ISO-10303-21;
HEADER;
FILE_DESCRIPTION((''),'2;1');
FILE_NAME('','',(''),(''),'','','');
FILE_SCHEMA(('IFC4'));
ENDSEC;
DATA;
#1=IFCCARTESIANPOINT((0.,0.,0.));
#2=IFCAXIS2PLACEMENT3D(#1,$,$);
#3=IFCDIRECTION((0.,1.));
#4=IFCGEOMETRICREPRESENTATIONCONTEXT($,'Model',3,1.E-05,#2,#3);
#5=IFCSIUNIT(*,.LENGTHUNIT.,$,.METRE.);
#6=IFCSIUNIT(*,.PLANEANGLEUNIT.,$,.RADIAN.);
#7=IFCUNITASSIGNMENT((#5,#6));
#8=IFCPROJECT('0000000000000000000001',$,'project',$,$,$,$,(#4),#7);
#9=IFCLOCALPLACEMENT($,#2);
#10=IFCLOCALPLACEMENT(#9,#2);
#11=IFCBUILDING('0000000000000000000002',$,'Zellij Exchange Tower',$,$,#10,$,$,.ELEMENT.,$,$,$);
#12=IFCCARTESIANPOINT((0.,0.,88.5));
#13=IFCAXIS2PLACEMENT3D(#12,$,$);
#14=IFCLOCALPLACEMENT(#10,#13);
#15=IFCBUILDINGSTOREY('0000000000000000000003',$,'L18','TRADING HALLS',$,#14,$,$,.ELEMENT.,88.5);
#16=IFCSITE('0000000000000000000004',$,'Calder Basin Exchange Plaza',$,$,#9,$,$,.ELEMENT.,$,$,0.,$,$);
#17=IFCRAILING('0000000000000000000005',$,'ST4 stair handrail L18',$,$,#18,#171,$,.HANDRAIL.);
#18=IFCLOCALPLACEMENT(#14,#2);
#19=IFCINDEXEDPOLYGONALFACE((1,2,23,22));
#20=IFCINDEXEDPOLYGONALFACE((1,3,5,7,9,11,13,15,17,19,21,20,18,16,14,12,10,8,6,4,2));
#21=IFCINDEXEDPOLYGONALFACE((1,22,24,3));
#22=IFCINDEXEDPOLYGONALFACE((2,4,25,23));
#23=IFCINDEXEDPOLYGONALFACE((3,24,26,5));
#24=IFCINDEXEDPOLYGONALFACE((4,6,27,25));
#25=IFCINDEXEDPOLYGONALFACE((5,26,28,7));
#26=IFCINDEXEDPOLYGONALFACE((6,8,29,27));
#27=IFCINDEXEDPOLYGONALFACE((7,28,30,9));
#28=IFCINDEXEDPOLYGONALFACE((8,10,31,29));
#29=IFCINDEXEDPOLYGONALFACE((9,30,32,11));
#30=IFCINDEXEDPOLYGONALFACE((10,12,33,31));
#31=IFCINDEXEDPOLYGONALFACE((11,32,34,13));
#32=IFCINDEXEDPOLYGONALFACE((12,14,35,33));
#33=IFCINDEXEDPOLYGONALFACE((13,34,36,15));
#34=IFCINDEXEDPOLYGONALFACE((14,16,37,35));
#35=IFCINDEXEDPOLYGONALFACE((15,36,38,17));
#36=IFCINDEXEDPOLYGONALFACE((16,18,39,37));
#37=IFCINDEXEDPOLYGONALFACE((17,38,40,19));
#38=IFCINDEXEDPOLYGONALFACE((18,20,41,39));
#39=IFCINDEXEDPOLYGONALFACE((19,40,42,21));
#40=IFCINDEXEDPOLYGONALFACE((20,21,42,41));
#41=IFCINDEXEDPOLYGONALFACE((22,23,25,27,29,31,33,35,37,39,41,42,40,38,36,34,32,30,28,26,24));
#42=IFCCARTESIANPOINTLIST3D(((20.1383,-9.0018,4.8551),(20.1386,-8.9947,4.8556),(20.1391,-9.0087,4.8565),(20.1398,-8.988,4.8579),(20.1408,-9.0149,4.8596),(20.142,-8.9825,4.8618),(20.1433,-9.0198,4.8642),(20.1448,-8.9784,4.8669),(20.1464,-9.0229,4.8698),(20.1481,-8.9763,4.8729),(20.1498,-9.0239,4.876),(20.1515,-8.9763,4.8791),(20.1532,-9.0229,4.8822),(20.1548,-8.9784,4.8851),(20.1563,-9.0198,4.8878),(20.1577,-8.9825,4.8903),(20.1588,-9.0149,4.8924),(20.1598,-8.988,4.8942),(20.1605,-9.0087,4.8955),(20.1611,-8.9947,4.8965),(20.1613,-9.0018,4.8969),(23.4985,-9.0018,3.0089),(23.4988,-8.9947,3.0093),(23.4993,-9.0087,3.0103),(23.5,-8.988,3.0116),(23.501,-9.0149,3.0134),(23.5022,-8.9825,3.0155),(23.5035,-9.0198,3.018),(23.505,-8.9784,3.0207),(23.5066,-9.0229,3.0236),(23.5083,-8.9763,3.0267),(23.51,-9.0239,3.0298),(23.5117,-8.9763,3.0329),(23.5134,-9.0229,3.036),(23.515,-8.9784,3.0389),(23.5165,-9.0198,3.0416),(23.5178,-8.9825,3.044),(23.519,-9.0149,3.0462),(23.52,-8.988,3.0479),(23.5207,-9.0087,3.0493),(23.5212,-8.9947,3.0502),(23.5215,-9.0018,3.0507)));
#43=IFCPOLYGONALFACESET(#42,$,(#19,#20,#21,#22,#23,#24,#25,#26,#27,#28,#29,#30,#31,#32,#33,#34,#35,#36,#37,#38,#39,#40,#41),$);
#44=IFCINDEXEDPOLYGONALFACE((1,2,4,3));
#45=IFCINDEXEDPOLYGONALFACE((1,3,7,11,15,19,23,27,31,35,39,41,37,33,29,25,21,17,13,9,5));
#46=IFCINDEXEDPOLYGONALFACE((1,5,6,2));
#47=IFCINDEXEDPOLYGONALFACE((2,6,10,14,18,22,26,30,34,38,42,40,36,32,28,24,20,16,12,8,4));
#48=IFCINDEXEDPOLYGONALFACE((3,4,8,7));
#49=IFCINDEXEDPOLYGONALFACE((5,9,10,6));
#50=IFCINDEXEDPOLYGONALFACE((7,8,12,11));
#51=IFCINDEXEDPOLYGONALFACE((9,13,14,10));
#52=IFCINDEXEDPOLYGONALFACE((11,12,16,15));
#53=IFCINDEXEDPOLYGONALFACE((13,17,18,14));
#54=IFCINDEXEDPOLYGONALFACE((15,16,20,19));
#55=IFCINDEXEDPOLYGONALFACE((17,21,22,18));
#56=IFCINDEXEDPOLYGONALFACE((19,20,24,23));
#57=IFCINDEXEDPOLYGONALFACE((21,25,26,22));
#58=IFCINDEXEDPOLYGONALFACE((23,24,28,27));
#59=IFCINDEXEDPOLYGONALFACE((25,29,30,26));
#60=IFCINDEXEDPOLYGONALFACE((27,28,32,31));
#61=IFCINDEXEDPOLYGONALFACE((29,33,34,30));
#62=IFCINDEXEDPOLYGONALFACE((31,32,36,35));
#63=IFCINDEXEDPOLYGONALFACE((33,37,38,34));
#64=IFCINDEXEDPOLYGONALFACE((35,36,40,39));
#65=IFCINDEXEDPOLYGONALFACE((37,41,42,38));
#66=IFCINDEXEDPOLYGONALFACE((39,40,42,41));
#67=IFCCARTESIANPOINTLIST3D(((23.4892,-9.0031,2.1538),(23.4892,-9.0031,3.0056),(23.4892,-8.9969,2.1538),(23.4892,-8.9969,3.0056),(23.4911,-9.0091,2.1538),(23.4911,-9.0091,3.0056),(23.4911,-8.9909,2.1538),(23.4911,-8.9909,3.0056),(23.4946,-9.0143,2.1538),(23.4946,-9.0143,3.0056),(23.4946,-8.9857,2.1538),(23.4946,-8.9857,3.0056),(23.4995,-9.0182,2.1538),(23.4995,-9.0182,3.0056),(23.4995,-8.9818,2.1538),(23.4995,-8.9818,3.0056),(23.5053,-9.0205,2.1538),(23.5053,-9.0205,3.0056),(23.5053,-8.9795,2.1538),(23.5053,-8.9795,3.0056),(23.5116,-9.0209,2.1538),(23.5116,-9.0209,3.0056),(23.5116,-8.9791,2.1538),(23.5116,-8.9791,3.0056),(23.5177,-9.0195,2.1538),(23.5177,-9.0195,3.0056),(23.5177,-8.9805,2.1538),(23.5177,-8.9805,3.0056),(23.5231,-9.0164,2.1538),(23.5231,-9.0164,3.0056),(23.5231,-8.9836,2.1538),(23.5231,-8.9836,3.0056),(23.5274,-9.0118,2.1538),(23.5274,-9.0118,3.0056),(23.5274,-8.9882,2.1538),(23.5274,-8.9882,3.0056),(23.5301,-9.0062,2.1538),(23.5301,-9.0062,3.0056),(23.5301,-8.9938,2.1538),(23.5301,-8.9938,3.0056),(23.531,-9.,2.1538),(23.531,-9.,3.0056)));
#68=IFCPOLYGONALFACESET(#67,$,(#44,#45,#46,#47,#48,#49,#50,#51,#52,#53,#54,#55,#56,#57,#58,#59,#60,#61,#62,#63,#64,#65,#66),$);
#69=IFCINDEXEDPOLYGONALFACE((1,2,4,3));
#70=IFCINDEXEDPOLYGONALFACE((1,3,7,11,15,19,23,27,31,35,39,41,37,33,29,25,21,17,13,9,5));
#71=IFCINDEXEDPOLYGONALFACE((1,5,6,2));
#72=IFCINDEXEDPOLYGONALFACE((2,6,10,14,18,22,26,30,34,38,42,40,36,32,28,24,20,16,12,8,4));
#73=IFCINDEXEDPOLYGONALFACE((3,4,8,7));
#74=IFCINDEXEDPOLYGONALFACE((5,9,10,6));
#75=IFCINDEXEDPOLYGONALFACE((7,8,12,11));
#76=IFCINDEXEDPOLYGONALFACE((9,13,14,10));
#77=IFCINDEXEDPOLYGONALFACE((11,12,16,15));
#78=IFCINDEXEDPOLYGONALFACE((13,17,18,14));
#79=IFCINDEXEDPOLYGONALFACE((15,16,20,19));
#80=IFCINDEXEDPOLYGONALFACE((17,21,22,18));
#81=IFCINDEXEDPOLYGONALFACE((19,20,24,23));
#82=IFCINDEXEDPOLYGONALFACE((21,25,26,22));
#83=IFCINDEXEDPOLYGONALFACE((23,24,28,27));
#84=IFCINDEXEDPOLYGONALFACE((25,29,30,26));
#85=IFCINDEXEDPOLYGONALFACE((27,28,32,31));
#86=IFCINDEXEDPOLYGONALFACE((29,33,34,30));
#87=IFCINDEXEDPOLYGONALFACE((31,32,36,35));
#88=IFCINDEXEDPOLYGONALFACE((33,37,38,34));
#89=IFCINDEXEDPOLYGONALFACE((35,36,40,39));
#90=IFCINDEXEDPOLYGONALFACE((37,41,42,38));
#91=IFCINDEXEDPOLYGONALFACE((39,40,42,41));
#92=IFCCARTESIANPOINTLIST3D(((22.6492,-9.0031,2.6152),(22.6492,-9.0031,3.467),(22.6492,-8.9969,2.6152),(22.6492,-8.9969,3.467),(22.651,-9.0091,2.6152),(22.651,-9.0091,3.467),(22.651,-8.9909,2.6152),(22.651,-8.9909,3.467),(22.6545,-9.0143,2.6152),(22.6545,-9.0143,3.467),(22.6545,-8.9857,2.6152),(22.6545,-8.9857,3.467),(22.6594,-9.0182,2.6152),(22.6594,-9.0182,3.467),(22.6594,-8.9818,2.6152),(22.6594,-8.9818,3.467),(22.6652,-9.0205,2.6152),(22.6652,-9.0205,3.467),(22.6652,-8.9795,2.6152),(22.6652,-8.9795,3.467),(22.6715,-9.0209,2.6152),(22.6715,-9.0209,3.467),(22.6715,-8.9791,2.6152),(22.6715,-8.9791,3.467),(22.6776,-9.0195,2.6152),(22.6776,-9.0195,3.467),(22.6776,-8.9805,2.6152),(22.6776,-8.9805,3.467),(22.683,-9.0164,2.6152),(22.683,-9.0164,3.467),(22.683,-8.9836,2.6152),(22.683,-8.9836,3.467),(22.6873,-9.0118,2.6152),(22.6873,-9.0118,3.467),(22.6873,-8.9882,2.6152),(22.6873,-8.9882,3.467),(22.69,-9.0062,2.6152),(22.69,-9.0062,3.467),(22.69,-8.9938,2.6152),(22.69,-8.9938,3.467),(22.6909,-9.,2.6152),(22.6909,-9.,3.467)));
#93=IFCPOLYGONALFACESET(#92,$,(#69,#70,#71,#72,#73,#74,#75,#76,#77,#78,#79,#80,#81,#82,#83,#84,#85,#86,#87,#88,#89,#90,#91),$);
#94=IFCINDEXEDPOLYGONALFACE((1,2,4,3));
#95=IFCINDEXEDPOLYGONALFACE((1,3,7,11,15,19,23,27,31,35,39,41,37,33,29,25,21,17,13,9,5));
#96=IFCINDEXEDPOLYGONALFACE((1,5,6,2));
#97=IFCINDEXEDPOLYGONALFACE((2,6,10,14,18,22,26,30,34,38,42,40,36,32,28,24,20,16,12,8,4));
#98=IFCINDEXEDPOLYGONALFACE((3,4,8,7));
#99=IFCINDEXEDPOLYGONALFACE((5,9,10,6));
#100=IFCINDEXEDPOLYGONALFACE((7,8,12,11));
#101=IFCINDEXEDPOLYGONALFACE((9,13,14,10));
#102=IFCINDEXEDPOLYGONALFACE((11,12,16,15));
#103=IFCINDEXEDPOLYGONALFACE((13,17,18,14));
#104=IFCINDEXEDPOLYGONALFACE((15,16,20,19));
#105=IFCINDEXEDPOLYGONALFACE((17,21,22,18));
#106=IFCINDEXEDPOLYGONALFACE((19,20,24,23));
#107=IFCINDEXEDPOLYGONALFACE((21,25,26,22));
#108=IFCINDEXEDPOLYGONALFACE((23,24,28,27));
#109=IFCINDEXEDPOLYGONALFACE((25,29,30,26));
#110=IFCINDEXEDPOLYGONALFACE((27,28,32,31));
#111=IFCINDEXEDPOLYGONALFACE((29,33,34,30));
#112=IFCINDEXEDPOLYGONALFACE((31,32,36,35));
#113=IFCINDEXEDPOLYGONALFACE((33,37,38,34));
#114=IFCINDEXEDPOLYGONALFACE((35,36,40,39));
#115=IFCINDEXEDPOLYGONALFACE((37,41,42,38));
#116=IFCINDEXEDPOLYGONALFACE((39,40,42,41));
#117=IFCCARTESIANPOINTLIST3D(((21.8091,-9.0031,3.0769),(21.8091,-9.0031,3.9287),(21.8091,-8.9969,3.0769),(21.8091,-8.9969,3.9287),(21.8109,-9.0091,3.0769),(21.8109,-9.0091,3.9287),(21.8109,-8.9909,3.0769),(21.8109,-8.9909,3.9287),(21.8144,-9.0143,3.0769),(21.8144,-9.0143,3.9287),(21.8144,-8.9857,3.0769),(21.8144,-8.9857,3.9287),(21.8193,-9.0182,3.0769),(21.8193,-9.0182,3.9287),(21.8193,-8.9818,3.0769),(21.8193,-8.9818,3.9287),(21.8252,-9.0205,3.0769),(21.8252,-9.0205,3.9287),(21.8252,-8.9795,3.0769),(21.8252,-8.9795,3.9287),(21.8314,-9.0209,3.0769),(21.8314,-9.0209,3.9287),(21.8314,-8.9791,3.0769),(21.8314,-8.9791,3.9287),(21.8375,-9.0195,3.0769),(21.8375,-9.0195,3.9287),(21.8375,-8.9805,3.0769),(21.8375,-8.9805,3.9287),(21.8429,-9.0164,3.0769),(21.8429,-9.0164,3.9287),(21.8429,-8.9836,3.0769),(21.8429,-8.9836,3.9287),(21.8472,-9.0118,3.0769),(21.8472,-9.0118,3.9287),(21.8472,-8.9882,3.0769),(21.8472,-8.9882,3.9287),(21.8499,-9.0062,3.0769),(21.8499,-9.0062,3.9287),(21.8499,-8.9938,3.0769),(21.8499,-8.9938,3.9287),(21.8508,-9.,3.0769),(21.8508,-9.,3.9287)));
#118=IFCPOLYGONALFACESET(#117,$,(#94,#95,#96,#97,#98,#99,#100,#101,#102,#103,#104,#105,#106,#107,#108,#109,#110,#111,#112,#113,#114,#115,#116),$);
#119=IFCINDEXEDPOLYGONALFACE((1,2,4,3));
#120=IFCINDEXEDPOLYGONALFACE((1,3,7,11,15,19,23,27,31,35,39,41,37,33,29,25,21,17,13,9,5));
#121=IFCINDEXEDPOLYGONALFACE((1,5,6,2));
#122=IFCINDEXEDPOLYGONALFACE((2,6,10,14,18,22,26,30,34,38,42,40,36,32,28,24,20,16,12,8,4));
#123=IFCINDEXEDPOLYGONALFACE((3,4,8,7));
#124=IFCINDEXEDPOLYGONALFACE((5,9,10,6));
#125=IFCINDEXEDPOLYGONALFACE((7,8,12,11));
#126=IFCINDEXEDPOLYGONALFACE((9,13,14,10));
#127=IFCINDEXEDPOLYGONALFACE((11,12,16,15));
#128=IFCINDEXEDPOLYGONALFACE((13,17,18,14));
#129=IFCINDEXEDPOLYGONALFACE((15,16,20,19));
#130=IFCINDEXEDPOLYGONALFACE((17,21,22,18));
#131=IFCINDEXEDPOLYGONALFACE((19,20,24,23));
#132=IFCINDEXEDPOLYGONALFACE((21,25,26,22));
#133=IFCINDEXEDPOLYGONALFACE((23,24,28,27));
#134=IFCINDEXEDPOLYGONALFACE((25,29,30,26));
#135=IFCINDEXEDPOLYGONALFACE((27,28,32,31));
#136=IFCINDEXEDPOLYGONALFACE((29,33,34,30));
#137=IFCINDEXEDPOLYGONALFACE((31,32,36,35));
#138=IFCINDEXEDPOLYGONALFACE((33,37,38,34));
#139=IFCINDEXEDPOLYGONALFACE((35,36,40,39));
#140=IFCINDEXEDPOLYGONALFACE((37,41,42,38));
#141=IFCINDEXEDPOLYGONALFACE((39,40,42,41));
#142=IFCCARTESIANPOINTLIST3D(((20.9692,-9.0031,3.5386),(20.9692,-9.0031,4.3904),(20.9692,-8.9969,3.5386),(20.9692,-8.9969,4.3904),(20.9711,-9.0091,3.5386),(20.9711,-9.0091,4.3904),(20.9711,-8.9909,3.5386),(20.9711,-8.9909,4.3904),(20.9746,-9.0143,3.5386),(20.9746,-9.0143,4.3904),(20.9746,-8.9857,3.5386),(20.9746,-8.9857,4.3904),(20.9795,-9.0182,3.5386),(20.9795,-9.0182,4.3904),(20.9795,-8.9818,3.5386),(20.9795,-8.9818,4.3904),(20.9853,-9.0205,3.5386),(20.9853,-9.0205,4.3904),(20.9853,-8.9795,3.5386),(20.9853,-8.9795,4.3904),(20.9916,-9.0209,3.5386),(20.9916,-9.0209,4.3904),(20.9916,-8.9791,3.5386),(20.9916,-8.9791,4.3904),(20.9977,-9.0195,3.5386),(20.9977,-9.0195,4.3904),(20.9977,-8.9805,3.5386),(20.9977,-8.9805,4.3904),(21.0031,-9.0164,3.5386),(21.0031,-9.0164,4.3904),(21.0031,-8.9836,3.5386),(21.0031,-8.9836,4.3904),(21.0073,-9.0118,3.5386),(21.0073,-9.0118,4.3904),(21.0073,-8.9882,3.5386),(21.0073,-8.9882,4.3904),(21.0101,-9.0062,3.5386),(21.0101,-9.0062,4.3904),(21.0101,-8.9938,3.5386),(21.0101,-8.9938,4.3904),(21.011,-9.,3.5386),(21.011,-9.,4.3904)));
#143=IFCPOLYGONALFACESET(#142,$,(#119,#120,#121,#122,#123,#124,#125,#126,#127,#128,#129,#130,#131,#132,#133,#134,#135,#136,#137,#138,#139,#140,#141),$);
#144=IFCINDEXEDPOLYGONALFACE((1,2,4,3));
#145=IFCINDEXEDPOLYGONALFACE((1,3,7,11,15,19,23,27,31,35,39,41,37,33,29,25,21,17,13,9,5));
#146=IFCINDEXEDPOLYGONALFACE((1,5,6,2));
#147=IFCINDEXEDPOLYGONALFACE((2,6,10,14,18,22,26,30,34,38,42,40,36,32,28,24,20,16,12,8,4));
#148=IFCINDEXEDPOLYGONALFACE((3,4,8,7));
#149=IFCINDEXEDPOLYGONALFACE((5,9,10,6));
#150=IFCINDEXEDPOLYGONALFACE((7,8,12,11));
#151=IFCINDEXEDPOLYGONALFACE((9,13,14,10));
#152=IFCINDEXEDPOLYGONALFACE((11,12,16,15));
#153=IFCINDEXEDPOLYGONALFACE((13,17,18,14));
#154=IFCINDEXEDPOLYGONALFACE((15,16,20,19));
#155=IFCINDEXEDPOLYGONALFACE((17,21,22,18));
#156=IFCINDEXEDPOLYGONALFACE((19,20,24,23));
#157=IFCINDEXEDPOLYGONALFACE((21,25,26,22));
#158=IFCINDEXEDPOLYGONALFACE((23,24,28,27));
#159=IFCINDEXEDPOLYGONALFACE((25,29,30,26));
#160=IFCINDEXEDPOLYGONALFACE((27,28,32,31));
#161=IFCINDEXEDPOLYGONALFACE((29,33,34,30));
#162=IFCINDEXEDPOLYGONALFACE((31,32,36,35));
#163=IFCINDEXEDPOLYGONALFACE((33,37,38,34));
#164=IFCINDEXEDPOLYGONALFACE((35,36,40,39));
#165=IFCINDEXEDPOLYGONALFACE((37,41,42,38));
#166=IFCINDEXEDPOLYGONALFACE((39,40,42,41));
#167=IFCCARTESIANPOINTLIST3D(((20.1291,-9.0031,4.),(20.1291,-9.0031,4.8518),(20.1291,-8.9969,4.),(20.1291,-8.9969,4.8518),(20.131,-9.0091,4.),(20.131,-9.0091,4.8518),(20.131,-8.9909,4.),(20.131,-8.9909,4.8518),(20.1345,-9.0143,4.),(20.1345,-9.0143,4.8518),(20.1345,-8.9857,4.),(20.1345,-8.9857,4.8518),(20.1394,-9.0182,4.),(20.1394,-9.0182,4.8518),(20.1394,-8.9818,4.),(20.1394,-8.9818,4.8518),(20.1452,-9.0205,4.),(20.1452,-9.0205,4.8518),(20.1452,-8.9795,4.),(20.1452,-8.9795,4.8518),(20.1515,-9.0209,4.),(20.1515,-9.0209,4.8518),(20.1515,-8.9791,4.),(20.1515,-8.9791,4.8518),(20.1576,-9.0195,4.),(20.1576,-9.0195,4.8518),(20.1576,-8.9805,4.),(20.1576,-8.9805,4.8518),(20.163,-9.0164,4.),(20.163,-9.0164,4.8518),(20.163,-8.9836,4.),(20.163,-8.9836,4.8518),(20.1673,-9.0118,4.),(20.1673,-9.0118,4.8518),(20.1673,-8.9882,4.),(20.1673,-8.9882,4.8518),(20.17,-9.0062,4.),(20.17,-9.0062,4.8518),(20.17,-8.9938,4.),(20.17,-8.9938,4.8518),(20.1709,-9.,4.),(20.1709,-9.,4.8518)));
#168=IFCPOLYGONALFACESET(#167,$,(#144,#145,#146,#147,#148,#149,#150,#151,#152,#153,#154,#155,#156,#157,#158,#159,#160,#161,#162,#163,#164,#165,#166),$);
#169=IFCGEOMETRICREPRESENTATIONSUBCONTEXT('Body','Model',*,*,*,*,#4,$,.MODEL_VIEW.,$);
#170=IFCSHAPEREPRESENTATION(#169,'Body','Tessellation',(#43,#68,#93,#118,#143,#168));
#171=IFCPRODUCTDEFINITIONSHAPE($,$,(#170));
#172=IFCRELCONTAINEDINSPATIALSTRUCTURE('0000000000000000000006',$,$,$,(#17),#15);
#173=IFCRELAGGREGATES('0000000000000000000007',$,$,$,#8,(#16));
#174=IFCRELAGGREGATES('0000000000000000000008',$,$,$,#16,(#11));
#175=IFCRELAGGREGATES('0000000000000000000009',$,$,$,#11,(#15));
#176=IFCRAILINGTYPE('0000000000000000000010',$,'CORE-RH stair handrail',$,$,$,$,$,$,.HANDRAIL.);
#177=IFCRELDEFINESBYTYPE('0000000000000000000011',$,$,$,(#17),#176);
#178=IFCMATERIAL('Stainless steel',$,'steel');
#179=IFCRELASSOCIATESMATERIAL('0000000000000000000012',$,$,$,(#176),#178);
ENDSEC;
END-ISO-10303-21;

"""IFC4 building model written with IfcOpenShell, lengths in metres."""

from ifc_helpers import new_model, si_unit, direction, frame, origin, origin_2d, place, context, subcontext, project, spatial, circle, extrude, material, type_object, element, save


model = new_model("IFC4")

# Units and contexts
model_context = context("Model", 3, precision=1e-05, world=origin(), true_north=direction((0.0, 1.0)))
body_context = subcontext(model_context, "Body", "Model", "MODEL_VIEW")
ifc_project = project(units=[si_unit("LENGTHUNIT", "METRE"), si_unit("PLANEANGLEUNIT", "RADIAN")], contexts=[model_context])

# Site, building, storey
site_placement = place(None, origin())
site = spatial("IfcSite", under=ifc_project, at=site_placement, Name="Calder Basin Exchange Plaza", CompositionType="ELEMENT", RefElevation=0.0)
building_placement = place(site_placement, origin())
building = spatial("IfcBuilding", under=site, at=building_placement, Name="Zellij Exchange Tower", CompositionType="ELEMENT")
storey_placement = place(building_placement, frame((0.0, 0.0, 88.5)))
storey = spatial("IfcBuildingStorey", under=building, at=storey_placement, Name="L18", Description="TRADING HALLS", CompositionType="ELEMENT", Elevation=88.5)

# Railing
ifc_material_1 = material(Name="Stainless steel", Category="steel")
railing_type_1 = type_object("IfcRailingType", Name="CORE-RH stair handrail", PredefinedType="HANDRAIL", material=ifc_material_1)
railing_1_placement = place(storey_placement, frame((23.51, -9.0, 2.1538)))
element("IfcRailing", 1, at=railing_1_placement, inside=storey, type_object=railing_type_1, Name="ST4 stair handrail L18", PredefinedType="HANDRAIL", context=body_context, shape_type="SweptSolid", body=[
    extrude(circle(Radius=0.0239, at=origin_2d()), frame((0.0, 0.0, 0.876), z_axis=(-0.876422, 0.0, 0.481545), x_axis=(0.0, -1.0, 0.0)), (0.0, 0.0, 1.0), 3.834),
    extrude(circle(Radius=0.021, at=origin_2d()), origin(), (0.0, 0.0, 1.0), 0.8518),
    extrude(circle(Radius=0.021, at=origin_2d()), frame((-0.8401, 0.0, 0.4614)), (0.0, 0.0, 1.0), 0.8518),
    extrude(circle(Radius=0.021, at=origin_2d()), frame((-1.6802, 0.0, 0.9231)), (0.0, 0.0, 1.0), 0.8518),
    extrude(circle(Radius=0.021, at=origin_2d()), frame((-2.52, 0.0, 1.3848)), (0.0, 0.0, 1.0), 0.8518),
    extrude(circle(Radius=0.021, at=origin_2d()), frame((-3.3601, 0.0, 1.8462)), (0.0, 0.0, 1.0), 0.8518),
])

save(model, "model.ifc")
